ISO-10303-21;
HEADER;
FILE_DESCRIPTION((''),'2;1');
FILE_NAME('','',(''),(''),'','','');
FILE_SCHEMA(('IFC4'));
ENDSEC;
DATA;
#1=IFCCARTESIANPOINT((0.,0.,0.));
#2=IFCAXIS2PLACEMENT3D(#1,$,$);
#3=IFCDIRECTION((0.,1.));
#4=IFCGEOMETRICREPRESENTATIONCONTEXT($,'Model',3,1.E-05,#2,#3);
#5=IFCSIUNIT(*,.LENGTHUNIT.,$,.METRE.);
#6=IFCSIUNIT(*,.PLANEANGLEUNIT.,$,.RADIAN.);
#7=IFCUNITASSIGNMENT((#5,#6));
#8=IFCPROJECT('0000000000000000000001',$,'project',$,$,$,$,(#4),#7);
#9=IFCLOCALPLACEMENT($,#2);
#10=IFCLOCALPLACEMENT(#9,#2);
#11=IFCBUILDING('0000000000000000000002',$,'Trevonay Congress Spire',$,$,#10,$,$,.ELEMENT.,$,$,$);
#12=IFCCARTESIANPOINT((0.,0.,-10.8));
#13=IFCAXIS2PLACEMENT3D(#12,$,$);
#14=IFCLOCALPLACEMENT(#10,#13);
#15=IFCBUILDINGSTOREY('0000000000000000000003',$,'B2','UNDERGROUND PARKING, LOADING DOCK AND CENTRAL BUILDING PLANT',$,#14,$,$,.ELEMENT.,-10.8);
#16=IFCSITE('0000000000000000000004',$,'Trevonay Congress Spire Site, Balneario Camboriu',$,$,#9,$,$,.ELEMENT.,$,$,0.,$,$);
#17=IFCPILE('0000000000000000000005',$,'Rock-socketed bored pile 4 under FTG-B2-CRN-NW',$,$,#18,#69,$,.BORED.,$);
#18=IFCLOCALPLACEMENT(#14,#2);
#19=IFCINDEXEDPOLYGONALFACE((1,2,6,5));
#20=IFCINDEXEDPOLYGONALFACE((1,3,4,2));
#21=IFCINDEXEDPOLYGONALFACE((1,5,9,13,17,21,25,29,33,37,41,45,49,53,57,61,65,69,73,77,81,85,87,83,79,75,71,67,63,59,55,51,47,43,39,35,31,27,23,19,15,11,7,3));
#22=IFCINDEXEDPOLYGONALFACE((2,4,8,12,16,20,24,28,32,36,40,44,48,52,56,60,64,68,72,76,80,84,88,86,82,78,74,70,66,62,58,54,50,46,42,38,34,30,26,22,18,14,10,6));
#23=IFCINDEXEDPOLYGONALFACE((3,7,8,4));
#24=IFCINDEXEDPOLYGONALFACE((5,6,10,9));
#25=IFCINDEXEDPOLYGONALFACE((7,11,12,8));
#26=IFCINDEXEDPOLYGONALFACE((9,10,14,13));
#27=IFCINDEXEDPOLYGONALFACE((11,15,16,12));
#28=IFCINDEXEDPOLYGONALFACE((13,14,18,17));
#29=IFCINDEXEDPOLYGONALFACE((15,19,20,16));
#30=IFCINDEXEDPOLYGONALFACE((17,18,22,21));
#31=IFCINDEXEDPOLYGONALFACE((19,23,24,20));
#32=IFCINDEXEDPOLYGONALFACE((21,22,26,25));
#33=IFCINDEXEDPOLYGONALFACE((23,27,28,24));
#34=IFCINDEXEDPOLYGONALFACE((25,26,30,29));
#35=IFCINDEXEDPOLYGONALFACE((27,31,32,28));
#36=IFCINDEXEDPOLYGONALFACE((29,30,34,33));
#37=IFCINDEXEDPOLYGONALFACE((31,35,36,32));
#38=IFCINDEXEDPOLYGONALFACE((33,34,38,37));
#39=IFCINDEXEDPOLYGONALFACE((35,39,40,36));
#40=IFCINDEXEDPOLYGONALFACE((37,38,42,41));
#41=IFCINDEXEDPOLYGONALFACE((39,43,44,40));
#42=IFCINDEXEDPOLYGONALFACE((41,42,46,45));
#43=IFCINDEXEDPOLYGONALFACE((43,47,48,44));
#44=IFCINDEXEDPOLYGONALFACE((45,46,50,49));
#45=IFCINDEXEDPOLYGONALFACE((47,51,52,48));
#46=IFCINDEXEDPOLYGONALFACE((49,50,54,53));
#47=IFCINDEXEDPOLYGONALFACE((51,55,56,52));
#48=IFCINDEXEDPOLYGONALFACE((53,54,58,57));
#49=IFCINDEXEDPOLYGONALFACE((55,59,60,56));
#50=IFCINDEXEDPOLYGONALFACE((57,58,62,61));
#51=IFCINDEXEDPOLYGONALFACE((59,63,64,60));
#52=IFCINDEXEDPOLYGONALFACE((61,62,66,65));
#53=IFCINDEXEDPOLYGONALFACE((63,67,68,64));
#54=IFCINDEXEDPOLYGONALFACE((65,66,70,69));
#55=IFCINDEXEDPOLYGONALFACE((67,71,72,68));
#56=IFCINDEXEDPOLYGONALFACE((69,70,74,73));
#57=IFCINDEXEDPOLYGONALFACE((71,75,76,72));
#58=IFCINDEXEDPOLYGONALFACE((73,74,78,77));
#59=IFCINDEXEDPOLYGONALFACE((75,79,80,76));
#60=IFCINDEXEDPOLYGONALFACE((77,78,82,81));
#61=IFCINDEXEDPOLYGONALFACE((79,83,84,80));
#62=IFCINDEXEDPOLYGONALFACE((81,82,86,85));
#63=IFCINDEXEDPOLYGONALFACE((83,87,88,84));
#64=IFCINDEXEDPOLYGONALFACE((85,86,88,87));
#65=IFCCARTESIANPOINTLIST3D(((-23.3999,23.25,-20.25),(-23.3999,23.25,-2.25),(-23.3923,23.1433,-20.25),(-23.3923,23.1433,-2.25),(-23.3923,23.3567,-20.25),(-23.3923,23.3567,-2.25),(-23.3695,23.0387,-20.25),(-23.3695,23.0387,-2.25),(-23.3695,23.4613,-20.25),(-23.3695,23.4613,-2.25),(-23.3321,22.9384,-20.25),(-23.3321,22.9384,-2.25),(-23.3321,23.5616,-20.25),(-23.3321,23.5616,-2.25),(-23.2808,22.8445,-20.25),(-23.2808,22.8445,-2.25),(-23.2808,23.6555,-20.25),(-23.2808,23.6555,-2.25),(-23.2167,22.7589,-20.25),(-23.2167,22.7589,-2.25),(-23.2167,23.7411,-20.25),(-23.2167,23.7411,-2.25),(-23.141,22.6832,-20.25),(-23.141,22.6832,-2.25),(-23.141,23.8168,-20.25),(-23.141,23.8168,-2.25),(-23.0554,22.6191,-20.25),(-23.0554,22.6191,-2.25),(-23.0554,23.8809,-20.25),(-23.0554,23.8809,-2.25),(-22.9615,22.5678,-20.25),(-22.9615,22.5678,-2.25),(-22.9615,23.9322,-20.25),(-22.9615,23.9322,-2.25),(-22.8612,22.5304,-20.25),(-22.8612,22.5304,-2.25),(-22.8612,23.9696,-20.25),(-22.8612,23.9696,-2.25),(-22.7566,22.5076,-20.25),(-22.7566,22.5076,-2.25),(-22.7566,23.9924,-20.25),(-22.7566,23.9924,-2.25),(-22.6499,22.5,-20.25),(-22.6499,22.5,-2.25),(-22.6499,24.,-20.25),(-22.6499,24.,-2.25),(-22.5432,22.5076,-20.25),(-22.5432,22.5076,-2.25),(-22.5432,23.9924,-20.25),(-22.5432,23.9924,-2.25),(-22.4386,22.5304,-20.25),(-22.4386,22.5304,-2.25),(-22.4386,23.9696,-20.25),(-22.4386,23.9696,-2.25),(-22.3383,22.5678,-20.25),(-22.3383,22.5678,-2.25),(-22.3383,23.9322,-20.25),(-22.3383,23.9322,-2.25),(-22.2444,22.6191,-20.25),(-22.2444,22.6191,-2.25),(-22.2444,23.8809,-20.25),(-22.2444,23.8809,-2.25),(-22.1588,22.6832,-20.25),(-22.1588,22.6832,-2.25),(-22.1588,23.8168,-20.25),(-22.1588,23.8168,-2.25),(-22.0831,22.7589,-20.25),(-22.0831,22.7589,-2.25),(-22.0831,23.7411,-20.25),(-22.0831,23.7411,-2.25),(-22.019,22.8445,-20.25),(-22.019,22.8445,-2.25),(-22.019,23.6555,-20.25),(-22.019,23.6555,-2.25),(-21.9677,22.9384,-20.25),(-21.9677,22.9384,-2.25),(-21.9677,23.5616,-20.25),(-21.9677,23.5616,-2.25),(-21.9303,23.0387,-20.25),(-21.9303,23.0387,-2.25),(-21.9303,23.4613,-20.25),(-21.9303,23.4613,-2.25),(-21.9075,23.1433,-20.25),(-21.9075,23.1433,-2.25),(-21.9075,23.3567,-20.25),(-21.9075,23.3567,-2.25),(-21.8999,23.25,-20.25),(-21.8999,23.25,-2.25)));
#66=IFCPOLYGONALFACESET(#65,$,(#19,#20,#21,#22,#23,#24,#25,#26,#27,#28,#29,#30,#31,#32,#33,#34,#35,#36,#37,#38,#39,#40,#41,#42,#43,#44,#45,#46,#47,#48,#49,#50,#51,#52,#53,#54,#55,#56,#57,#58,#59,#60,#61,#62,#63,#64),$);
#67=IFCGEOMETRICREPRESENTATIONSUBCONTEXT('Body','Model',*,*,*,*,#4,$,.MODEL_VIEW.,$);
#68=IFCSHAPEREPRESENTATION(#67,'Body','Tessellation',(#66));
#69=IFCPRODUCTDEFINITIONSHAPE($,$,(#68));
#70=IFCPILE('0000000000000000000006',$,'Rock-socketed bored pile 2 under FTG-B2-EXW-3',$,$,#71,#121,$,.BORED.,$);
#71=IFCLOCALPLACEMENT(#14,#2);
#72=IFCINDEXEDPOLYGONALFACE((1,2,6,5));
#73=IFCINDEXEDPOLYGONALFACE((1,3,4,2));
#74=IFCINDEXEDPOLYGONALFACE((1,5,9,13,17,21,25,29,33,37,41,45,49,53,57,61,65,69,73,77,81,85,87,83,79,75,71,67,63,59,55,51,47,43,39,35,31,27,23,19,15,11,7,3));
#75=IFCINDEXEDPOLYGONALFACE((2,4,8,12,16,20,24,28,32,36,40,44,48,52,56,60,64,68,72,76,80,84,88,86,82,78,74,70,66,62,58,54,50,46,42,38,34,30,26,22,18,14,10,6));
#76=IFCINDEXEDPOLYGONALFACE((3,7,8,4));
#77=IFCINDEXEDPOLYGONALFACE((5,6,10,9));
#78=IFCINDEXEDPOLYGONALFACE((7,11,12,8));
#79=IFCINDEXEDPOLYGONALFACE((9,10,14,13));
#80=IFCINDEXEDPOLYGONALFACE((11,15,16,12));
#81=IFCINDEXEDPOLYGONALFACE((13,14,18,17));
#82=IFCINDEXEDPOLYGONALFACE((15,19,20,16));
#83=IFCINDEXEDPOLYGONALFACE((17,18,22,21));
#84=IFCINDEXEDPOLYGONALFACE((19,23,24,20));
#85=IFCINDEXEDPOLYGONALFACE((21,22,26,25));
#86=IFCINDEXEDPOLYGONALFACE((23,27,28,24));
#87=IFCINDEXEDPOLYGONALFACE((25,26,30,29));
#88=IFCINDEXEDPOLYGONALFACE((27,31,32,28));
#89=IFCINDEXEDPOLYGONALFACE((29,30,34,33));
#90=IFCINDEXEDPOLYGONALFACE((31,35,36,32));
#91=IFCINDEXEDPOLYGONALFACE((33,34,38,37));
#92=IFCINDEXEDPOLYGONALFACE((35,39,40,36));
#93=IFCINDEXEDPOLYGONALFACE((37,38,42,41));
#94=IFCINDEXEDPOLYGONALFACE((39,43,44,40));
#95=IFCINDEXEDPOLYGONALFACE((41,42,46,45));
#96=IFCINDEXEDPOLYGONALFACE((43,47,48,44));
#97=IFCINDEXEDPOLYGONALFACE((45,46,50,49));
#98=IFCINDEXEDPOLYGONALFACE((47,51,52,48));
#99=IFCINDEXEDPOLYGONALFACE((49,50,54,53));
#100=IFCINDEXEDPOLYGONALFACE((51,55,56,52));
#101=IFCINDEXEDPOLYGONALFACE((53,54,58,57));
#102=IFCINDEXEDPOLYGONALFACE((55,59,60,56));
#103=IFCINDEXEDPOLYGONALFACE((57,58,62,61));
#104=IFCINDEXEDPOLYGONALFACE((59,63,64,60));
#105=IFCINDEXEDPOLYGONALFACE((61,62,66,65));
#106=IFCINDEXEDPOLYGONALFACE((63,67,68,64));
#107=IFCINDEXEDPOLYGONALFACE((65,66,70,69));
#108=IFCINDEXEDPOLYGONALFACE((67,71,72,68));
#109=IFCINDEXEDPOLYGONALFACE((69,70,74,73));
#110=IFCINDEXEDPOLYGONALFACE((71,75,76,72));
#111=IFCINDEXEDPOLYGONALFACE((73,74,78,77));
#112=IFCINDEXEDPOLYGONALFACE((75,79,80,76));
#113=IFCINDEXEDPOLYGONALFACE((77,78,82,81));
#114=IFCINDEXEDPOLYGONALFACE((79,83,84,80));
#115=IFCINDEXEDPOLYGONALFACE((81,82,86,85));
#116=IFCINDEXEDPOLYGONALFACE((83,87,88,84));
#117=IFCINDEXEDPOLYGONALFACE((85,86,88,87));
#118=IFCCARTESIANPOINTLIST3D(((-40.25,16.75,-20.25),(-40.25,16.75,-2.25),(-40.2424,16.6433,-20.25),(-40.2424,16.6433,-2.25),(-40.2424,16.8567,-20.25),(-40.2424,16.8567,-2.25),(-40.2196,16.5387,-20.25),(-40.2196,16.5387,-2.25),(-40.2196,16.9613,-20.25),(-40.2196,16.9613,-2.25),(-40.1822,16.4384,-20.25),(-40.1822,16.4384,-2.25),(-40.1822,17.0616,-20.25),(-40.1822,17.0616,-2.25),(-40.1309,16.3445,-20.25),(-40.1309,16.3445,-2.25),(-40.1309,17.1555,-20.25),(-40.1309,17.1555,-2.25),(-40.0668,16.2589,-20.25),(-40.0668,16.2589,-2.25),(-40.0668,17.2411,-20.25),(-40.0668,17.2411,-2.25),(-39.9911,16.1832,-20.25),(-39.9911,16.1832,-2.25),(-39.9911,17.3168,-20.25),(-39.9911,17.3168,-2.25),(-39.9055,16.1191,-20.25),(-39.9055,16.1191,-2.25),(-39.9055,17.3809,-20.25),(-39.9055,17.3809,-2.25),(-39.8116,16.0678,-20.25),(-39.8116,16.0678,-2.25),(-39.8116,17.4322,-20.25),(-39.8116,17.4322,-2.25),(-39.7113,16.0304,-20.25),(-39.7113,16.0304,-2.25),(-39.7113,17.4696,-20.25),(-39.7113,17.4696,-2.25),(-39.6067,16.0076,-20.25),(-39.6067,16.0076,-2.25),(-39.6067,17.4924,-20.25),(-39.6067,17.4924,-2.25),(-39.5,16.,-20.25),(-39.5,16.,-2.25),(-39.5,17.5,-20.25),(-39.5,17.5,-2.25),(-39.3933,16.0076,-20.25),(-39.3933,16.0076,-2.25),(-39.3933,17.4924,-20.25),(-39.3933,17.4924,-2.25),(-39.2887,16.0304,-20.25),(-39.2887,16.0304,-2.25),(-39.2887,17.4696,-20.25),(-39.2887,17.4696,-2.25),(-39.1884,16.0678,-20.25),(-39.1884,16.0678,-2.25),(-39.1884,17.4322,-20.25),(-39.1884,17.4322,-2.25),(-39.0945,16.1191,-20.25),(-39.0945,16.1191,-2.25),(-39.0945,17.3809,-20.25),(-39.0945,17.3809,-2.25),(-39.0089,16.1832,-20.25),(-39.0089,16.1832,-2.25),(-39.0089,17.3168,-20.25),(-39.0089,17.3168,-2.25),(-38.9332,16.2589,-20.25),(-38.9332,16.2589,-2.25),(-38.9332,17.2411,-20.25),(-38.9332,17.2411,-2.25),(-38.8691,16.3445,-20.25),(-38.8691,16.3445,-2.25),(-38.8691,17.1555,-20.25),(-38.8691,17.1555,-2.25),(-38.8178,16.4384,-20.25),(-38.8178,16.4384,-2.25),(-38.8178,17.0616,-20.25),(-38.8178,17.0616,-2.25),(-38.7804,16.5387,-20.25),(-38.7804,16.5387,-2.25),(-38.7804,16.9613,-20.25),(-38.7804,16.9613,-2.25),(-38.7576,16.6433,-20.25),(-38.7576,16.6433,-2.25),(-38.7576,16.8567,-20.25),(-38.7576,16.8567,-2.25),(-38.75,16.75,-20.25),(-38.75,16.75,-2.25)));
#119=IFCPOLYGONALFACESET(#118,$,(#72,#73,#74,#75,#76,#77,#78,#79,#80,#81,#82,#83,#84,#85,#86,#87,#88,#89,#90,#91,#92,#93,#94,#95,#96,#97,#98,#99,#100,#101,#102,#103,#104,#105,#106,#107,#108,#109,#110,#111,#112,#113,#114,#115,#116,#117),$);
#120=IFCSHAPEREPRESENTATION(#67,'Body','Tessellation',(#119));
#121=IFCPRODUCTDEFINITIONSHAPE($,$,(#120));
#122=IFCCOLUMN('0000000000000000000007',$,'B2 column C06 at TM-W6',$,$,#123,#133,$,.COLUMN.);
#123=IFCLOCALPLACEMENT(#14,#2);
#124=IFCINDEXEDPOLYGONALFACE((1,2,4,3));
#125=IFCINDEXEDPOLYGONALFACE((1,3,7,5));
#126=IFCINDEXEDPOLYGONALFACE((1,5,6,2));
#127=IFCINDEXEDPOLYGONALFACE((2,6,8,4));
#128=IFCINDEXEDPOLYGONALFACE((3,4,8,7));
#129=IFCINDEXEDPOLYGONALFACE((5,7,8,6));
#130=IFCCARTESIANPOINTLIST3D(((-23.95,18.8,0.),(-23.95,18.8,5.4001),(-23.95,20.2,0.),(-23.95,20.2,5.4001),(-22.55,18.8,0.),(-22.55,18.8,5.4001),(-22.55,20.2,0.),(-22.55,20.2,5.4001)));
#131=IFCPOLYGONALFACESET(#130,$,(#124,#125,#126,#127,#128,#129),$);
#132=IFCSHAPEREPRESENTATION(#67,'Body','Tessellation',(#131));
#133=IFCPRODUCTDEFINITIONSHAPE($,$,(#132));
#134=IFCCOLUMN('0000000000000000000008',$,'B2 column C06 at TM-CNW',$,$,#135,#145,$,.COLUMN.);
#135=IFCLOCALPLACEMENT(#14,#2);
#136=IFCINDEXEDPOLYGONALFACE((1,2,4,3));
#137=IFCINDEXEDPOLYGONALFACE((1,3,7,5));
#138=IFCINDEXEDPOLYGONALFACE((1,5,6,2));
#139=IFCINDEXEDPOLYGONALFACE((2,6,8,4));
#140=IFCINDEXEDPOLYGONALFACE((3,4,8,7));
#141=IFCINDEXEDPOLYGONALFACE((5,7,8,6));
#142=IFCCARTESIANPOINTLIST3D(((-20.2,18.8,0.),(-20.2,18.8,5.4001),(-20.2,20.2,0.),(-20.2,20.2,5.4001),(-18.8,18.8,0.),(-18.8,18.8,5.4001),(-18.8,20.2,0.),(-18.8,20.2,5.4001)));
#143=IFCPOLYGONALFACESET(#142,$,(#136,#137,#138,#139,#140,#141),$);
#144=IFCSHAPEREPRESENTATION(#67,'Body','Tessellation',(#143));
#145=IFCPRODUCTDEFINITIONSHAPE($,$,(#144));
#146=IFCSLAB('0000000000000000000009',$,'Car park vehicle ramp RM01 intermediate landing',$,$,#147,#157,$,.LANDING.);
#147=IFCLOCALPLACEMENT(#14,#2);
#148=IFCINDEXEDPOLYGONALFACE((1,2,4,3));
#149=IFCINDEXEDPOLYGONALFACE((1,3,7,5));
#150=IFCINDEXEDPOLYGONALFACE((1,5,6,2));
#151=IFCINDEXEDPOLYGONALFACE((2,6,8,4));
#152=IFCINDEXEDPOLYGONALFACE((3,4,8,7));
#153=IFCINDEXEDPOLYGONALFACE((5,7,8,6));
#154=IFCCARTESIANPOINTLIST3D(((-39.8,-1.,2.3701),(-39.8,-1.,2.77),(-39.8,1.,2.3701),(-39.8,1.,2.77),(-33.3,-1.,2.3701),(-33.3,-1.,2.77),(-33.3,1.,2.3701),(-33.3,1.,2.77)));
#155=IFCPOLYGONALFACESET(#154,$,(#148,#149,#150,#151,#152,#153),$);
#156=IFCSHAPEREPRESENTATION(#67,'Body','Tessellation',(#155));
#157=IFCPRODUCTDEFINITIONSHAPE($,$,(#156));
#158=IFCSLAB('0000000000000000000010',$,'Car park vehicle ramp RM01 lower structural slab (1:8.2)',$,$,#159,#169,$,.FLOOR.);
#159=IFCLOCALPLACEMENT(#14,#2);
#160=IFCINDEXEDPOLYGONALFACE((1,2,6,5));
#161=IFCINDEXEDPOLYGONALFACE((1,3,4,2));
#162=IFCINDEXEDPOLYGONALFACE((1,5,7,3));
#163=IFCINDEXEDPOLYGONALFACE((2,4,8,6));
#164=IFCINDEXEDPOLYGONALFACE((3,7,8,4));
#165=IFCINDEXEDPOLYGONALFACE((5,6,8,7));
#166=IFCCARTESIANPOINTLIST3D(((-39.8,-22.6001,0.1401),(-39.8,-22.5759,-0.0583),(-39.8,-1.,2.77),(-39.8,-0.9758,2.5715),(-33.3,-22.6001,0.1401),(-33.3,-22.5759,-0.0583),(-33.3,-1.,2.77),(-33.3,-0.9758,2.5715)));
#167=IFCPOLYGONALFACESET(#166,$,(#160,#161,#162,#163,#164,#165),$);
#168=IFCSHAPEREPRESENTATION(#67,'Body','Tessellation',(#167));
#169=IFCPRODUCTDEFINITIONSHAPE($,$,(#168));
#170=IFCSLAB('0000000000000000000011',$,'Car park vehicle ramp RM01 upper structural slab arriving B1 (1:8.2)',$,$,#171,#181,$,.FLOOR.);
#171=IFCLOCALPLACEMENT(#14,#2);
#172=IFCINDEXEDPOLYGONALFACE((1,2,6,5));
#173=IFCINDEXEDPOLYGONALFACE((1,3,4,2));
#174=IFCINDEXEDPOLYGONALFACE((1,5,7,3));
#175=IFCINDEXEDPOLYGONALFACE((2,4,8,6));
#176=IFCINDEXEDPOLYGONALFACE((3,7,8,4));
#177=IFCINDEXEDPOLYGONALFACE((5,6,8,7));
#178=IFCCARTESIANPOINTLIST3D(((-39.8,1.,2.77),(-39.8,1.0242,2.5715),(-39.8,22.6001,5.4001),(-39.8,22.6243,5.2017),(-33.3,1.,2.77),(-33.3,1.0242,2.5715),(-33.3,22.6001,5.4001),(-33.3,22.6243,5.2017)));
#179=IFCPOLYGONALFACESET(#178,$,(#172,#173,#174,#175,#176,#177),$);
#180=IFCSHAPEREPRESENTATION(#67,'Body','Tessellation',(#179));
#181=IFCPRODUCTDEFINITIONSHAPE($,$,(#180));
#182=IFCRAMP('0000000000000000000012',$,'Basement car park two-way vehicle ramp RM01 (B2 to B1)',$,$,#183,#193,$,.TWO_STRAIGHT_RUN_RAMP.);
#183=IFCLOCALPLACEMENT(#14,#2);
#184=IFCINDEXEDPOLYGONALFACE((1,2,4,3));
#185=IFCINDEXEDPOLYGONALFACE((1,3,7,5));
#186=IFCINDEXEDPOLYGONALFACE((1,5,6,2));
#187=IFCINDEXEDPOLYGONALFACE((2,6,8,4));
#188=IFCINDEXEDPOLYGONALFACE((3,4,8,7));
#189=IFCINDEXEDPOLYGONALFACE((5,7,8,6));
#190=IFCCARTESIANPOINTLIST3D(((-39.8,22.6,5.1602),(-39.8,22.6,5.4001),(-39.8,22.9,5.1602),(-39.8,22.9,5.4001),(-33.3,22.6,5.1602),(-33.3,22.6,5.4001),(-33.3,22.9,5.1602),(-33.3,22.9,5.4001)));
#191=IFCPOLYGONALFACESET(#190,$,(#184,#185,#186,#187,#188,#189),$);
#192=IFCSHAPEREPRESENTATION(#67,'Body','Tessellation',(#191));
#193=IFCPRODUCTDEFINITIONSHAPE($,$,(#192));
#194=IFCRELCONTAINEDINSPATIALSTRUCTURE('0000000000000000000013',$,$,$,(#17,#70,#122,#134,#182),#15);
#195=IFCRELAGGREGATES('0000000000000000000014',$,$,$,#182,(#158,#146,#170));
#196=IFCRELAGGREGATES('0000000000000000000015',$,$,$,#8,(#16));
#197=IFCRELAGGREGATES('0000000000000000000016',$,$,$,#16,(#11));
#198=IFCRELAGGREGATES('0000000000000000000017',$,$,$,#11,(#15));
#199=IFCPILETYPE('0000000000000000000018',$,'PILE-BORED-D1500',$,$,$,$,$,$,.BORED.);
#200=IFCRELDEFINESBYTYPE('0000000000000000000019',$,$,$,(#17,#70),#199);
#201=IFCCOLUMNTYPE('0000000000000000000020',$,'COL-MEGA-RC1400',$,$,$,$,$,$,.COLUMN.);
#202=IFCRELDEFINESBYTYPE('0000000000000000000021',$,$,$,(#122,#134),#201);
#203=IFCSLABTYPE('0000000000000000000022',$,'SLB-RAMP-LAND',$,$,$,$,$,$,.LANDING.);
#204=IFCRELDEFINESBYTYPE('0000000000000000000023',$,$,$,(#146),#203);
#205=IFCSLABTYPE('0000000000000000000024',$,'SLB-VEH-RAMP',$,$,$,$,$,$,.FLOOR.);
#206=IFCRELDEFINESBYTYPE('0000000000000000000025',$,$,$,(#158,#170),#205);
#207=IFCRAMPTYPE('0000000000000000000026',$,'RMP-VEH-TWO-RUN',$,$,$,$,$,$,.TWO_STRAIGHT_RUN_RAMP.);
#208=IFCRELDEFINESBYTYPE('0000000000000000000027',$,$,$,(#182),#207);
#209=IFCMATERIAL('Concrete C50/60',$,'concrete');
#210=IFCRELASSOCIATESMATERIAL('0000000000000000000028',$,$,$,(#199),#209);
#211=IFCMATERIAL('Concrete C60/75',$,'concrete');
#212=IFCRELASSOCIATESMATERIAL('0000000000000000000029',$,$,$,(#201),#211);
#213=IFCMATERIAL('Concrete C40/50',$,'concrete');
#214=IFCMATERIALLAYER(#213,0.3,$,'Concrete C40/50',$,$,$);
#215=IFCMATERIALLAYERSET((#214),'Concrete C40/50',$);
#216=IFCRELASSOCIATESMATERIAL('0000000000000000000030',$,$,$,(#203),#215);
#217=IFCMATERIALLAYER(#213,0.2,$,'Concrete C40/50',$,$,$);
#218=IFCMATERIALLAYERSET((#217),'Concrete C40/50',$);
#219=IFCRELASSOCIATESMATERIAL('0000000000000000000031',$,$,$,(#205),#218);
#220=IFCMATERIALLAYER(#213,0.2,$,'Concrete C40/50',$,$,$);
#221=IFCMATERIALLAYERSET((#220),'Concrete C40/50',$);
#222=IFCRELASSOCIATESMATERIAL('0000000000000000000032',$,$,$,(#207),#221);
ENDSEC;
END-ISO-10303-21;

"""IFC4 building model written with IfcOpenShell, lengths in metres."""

from ifc_helpers import new_model, si_unit, direction, frame, origin, origin_2d, place, context, subcontext, project, spatial, polyline, rectangle, circle, outline, extrude, material, layer, layer_set, material_profile, profile_set, type_object, element, aggregate, save


model = new_model("IFC4")

# Units and contexts
model_context = context("Model", 3, precision=1e-05, world=origin(), true_north=direction((0.0, 1.0)))
body_context = subcontext(model_context, "Body", "Model", "MODEL_VIEW")
ifc_project = project(units=[si_unit("LENGTHUNIT", "METRE"), si_unit("PLANEANGLEUNIT", "RADIAN")], contexts=[model_context])

# Site, building, storey
site_placement = place(None, origin())
site = spatial("IfcSite", under=ifc_project, at=site_placement, Name="Trevonay Congress Spire Site, Balneario Camboriu", CompositionType="ELEMENT", RefElevation=0.0)
building_placement = place(site_placement, origin())
building = spatial("IfcBuilding", under=site, at=building_placement, Name="Trevonay Congress Spire", CompositionType="ELEMENT")
storey_placement = place(building_placement, frame((0.0, 0.0, -10.8)))
storey = spatial("IfcBuildingStorey", under=building, at=storey_placement, Name="B2", Description="UNDERGROUND PARKING, LOADING DOCK AND CENTRAL BUILDING PLANT", CompositionType="ELEMENT", Elevation=-10.8)

# Shared definitions
ifc_material_1 = material(Name="Concrete C50/60", Category="concrete")

# Piles
ifc_material_profile_1 = material_profile(ifc_material_1, circle(Radius=0.75, at=origin_2d()), Name="PILE D1500")
ifc_profile_set_1 = profile_set([ifc_material_profile_1], Name="Concrete C50/60")
pile_type_1 = type_object("IfcPileType", Name="PILE-BORED-D1500", PredefinedType="BORED", material=ifc_profile_set_1)
for number, where, z_axis, x_axis, name in (
    (1, (-22.6499, 23.25, -2.25), (0.0, 0.0, -1.0), (1.0, 0.0, 0.0), "Rock-socketed bored pile 4 under FTG-B2-CRN-NW"),
    (2, (-39.5, 16.75, -2.25), (0.0, 0.0, -1.0), (1.0, 0.0, 0.0), "Rock-socketed bored pile 2 under FTG-B2-EXW-3"),
):
    element("IfcPile", number, at=place(storey_placement, frame(where, z_axis=z_axis, x_axis=x_axis)), inside=storey, type_object=pile_type_1, Name=name, PredefinedType="BORED", context=body_context, shape_type="SweptSolid", body=[
        extrude(circle(Radius=0.75, at=origin_2d()), origin(), (0.0, 0.0, 1.0), 18.0),
    ])

# Columns
ifc_material_2 = material(Name="Concrete C60/75", Category="concrete")
ifc_material_profile_2 = material_profile(ifc_material_2, rectangle(XDim=1.3999, YDim=1.3999, at=origin_2d()), Name="RC 1400x1400")
ifc_profile_set_2 = profile_set([ifc_material_profile_2], Name="Concrete C60/75")
column_type = type_object("IfcColumnType", Name="COL-MEGA-RC1400", PredefinedType="COLUMN", material=ifc_profile_set_2)
for number, where, z_axis, x_axis, name in (
    (3, (-23.25, 19.5, 0.0), (0.0, 0.0, 1.0), (1.0, 0.0, 0.0), "B2 column C06 at TM-W6"),
    (4, (-19.5, 19.5, 0.0), (0.0, 0.0, 1.0), (1.0, 0.0, 0.0), "B2 column C06 at TM-CNW"),
):
    element("IfcColumn", number, at=place(storey_placement, frame(where, z_axis=z_axis, x_axis=x_axis)), inside=storey, type_object=column_type, Name=name, PredefinedType="COLUMN", context=body_context, shape_type="SweptSolid", body=[
        extrude(rectangle(XDim=1.3999, YDim=1.3999, at=origin_2d()), origin(), (0.0, 0.0, 1.0), 5.4001),
    ])

# Slabs
ifc_material_3 = material(Name="Concrete C40/50", Category="concrete")
ifc_layer_1 = layer(ifc_material_3, 0.3, Name="Concrete C40/50")
ifc_layer_set_1 = layer_set([ifc_layer_1], Name="Concrete C40/50")
slab_type_1 = type_object("IfcSlabType", Name="SLB-RAMP-LAND", PredefinedType="LANDING", material=ifc_layer_set_1)
slab_1_placement = place(storey_placement, frame((0.0, 0.0, 2.3701)))
slab_1 = element("IfcSlab", 5, at=slab_1_placement, type_object=slab_type_1, Name="Car park vehicle ramp RM01 intermediate landing", PredefinedType="LANDING", context=body_context, shape_type="SweptSolid", body=[
    extrude(outline(polyline([(-39.8, -1.0), (-33.3, -1.0), (-33.3, 1.0), (-39.8, 1.0), (-39.8, -1.0)])), origin(), (0.0, 0.0, 1.0), 0.3999),
])
ifc_layer_2 = layer(ifc_material_3, 0.2, Name="Concrete C40/50")
ifc_layer_set_2 = layer_set([ifc_layer_2], Name="Concrete C40/50")
slab_type_2 = type_object("IfcSlabType", Name="SLB-VEH-RAMP", PredefinedType="FLOOR", material=ifc_layer_set_2)
slab_2_placement = place(storey_placement, frame((-39.8, -22.6001, 0.1401), z_axis=(0.0, -0.120861, 0.992669), x_axis=(1.0, 0.0, 0.0)))
slab_2 = element("IfcSlab", 6, at=slab_2_placement, type_object=slab_type_2, Name="Car park vehicle ramp RM01 lower structural slab (1:8.2)", PredefinedType="FLOOR", context=body_context, shape_type="SweptSolid", body=[
    extrude(outline(polyline([(0.0, 0.0), (6.5, 0.0), (6.5, 21.7596), (0.0, 21.7596), (0.0, 0.0)])), origin(), (0.0, 0.0, -1.0), 0.2),
])
slab_3_placement = place(storey_placement, frame((-39.8, 1.0, 2.77), z_axis=(0.0, -0.120872, 0.992668), x_axis=(1.0, 0.0, 0.0)))
slab_3 = element("IfcSlab", 7, at=slab_3_placement, type_object=slab_type_2, Name="Car park vehicle ramp RM01 upper structural slab arriving B1 (1:8.2)", PredefinedType="FLOOR", context=body_context, shape_type="SweptSolid", body=[
    extrude(outline(polyline([(0.0, 0.0), (6.5, 0.0), (6.5, 21.7596), (0.0, 21.7596), (0.0, 0.0)])), origin(), (0.0, 0.0, -1.0), 0.2),
])

# Ramp
ifc_layer_3 = layer(ifc_material_3, 0.2, Name="Concrete C40/50")
ifc_layer_set_3 = layer_set([ifc_layer_3], Name="Concrete C40/50")
ramp_type = type_object("IfcRampType", Name="RMP-VEH-TWO-RUN", PredefinedType="TWO_STRAIGHT_RUN_RAMP", material=ifc_layer_set_3)
ramp_placement = place(storey_placement, frame((-36.55, 22.75, 5.1602), z_axis=(0.0, 0.0, 1.0), x_axis=(1.0, 0.0, 0.0)))
ramp = element("IfcRamp", 8, at=ramp_placement, inside=storey, type_object=ramp_type, Name="Basement car park two-way vehicle ramp RM01 (B2 to B1)", PredefinedType="TWO_STRAIGHT_RUN_RAMP", context=body_context, shape_type="SweptSolid", body=[
    extrude(rectangle(XDim=6.5, YDim=0.3, at=origin_2d()), origin(), (0.0, 0.0, 1.0), 0.24),
])
aggregate(ramp, [slab_2, slab_1, slab_3])

save(model, "model.ifc")
